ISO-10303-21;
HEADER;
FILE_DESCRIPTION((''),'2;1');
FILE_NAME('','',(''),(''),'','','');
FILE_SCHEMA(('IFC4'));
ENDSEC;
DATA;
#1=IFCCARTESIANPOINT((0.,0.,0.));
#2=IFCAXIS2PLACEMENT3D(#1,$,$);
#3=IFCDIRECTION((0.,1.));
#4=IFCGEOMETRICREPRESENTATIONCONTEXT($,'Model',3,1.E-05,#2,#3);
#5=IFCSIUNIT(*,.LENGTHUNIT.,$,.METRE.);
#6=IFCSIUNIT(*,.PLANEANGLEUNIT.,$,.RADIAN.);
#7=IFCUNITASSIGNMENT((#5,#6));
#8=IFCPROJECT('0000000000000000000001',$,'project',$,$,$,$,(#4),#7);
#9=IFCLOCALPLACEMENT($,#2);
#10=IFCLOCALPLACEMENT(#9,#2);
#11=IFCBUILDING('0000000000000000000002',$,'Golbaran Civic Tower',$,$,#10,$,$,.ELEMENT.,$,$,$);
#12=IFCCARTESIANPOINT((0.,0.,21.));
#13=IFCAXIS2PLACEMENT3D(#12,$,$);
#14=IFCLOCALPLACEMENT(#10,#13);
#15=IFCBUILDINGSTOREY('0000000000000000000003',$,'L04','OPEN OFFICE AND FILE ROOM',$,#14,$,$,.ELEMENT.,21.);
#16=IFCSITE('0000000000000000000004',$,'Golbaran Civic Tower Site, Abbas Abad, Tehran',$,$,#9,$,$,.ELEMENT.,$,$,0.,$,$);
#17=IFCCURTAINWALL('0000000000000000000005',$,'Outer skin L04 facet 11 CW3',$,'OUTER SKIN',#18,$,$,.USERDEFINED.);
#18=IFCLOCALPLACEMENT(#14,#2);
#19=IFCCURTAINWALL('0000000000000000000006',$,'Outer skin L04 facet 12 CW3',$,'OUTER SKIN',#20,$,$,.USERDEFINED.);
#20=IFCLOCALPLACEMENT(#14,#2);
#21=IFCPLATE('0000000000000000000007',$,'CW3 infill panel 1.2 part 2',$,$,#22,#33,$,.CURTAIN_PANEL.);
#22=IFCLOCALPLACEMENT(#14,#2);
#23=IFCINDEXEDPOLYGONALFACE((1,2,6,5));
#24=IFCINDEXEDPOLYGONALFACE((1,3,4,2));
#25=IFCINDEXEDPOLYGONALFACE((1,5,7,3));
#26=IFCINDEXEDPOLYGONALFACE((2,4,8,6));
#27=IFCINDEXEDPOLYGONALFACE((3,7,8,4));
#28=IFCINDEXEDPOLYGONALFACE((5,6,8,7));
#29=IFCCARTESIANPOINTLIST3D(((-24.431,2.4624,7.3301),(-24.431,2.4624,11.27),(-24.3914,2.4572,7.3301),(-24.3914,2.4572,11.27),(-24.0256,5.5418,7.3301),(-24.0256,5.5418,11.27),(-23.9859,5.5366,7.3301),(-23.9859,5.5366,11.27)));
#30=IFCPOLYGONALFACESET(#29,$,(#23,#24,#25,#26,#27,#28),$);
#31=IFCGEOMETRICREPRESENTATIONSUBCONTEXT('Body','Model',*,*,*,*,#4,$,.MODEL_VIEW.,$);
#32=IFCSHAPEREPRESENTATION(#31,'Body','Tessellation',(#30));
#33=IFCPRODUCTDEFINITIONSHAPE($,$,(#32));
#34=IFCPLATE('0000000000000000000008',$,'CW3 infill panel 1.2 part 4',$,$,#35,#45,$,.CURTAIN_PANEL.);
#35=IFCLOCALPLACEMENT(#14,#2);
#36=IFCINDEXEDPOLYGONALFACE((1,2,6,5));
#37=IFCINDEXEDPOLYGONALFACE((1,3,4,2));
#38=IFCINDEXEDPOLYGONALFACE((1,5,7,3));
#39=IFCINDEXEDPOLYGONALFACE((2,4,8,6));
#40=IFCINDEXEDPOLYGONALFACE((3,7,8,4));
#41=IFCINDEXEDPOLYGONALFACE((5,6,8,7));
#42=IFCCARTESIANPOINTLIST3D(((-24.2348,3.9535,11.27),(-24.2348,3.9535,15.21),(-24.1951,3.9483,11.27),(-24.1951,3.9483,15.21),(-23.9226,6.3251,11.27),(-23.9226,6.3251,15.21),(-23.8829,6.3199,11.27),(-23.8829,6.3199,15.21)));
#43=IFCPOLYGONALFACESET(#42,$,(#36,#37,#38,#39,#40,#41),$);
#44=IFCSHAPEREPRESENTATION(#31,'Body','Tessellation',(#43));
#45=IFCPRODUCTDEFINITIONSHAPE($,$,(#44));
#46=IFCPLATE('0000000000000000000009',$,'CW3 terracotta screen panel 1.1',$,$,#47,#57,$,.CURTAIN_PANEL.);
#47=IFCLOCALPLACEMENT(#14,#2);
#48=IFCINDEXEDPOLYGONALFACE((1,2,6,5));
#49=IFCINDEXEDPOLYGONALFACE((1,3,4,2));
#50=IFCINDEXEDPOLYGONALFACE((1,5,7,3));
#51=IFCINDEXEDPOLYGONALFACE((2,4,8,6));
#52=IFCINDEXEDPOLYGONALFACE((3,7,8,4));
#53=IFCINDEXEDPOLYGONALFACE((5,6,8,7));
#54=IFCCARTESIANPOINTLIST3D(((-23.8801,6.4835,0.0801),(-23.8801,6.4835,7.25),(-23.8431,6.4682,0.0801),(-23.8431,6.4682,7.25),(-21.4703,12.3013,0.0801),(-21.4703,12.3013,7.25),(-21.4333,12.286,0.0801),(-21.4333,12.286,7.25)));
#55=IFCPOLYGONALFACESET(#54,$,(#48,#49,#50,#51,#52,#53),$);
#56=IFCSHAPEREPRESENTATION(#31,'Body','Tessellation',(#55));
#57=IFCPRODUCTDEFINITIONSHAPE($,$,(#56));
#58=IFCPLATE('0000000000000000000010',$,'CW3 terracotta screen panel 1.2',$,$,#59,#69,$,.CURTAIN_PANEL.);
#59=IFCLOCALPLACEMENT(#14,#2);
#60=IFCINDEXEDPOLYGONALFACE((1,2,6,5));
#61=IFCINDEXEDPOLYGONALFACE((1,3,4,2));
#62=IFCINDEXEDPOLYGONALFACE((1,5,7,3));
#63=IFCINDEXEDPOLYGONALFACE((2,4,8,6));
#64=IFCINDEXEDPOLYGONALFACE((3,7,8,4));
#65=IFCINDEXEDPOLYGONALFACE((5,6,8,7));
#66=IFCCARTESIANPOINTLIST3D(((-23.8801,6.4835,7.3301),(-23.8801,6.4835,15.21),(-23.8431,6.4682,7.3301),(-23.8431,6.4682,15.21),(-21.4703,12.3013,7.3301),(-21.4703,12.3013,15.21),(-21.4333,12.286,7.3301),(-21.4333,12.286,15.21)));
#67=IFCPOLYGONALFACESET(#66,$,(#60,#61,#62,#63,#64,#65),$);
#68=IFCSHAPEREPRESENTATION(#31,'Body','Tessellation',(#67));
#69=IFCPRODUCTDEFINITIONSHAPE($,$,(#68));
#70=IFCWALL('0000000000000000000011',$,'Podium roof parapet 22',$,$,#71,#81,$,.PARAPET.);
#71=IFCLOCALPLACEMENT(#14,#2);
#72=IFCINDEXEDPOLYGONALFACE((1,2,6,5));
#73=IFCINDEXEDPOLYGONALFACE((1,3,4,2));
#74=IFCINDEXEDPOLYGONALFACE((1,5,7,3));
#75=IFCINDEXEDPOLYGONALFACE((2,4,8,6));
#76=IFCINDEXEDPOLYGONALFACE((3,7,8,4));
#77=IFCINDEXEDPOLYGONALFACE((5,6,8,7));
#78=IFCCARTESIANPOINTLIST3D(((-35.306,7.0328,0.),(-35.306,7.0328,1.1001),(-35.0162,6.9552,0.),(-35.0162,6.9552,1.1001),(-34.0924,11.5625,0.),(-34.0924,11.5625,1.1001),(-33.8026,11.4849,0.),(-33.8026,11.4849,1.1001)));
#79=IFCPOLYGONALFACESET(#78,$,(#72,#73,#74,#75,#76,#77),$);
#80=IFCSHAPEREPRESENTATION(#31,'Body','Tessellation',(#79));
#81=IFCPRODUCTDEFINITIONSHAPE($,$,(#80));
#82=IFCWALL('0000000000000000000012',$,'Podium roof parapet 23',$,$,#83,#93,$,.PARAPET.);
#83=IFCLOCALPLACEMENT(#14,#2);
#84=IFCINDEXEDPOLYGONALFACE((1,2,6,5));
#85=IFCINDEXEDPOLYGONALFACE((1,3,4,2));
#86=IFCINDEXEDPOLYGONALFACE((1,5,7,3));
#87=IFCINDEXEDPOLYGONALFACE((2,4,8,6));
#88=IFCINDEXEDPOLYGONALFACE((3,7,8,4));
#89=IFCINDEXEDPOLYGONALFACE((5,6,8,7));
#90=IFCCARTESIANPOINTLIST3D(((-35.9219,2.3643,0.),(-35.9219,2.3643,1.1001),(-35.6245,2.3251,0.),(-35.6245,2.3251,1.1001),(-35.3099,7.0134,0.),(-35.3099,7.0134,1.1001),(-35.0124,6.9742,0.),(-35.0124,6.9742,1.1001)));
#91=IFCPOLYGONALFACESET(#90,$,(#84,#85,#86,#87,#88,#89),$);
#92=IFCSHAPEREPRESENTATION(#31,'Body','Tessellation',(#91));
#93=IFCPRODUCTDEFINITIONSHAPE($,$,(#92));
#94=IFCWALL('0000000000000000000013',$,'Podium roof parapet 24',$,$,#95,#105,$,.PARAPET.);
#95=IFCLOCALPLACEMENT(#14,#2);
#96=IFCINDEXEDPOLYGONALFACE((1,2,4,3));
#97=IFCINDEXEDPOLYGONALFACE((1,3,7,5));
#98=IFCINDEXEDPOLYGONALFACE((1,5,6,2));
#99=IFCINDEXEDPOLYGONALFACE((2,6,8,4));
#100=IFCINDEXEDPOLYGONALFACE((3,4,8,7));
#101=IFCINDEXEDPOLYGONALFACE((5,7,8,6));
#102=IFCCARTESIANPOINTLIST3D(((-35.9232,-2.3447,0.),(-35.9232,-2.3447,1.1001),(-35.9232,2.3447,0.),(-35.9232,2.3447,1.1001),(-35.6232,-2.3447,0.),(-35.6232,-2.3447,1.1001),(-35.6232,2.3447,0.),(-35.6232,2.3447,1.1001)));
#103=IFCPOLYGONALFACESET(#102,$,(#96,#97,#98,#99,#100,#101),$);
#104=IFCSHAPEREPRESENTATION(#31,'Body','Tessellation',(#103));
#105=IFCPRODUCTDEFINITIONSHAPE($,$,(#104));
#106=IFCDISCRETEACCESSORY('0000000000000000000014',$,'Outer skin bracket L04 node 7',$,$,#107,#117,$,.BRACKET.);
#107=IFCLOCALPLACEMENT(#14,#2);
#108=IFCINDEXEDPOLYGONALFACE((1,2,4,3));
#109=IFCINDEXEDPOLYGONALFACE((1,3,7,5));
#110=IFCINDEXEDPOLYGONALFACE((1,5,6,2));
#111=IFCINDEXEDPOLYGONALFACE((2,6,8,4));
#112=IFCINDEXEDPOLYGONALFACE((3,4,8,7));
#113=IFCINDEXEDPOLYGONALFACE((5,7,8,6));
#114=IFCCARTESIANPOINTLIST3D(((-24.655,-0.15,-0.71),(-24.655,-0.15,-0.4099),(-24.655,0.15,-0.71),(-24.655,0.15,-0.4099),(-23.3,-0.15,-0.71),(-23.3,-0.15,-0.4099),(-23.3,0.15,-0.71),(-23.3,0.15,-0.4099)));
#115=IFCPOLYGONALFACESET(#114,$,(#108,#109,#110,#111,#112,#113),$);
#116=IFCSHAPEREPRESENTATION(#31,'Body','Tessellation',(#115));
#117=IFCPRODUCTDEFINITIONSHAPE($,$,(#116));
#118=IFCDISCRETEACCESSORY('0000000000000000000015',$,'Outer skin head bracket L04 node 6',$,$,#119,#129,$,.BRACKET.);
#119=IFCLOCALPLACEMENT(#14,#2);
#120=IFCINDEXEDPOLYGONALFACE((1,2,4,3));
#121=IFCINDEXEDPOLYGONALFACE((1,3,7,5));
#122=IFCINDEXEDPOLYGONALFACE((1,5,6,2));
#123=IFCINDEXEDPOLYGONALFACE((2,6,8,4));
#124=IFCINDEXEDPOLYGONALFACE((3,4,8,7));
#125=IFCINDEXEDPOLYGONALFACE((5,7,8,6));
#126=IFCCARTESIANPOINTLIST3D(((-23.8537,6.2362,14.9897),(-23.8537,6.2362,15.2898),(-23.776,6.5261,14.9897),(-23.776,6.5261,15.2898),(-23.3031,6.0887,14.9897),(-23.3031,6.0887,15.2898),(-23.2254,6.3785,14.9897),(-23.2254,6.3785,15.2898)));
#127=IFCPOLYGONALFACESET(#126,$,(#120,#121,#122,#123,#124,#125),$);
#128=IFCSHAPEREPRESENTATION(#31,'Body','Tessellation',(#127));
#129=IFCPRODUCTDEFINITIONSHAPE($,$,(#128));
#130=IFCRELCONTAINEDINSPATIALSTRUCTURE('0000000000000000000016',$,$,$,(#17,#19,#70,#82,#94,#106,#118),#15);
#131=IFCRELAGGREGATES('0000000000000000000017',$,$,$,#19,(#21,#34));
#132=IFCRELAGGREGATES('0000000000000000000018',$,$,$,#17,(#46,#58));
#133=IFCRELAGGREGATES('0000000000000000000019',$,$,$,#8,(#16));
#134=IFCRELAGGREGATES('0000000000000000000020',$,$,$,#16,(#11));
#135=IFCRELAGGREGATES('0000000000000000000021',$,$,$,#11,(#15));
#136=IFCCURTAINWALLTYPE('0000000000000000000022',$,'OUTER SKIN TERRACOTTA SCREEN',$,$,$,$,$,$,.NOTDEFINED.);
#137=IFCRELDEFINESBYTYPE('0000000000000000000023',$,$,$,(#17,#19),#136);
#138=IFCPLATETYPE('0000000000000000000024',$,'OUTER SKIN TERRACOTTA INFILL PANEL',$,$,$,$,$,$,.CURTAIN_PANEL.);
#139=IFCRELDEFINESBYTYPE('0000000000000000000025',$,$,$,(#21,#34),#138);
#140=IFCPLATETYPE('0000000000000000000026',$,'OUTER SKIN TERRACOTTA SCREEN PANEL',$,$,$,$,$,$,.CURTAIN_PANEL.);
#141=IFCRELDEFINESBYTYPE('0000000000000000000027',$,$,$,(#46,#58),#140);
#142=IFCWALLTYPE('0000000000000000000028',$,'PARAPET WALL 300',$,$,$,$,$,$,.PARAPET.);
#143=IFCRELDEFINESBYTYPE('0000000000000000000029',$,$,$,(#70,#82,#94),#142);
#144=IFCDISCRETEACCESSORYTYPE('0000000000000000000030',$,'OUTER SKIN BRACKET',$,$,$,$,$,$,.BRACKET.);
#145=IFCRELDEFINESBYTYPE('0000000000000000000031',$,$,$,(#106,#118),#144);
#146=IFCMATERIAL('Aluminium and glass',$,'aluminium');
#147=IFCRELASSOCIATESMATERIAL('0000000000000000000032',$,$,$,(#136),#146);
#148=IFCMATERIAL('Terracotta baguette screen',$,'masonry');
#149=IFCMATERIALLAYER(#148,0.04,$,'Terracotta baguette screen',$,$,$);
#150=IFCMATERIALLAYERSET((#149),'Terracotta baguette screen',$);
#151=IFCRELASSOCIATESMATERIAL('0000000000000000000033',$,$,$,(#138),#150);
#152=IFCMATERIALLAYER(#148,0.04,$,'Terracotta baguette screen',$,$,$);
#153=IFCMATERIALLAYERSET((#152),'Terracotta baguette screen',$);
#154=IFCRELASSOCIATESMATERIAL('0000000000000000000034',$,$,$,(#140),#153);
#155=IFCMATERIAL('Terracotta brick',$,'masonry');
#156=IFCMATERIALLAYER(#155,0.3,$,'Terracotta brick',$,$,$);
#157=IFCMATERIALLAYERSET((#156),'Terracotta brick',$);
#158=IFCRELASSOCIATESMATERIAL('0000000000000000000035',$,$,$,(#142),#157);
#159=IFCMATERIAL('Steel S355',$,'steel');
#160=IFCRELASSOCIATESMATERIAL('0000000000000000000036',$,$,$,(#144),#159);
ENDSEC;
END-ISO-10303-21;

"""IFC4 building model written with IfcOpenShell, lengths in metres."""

from ifc_helpers import new_model, si_unit, direction, frame, frame_2d, origin, origin_2d, place, context, subcontext, project, spatial, rectangle, extrude, material, layer, layer_set, type_object, element, aggregate, save


model = new_model("IFC4")

# Units and contexts
model_context = context("Model", 3, precision=1e-05, world=origin(), true_north=direction((0.0, 1.0)))
body_context = subcontext(model_context, "Body", "Model", "MODEL_VIEW")
ifc_project = project(units=[si_unit("LENGTHUNIT", "METRE"), si_unit("PLANEANGLEUNIT", "RADIAN")], contexts=[model_context])

# Site, building, storey
site_placement = place(None, origin())
site = spatial("IfcSite", under=ifc_project, at=site_placement, Name="Golbaran Civic Tower Site, Abbas Abad, Tehran", CompositionType="ELEMENT", RefElevation=0.0)
building_placement = place(site_placement, origin())
building = spatial("IfcBuilding", under=site, at=building_placement, Name="Golbaran Civic Tower", CompositionType="ELEMENT")
storey_placement = place(building_placement, frame((0.0, 0.0, 21.0)))
storey = spatial("IfcBuildingStorey", under=building, at=storey_placement, Name="L04", Description="OPEN OFFICE AND FILE ROOM", CompositionType="ELEMENT", Elevation=21.0)

# Shared definitions
ifc_material_1 = material(Name="Steel S355", Category="steel")

# Shared definitions
ifc_material_2 = material(Name="Aluminium and glass", Category="aluminium")

# Curtain wall
curtain_wall_type_1 = type_object("IfcCurtainWallType", Name="OUTER SKIN TERRACOTTA SCREEN", PredefinedType="NOTDEFINED", material=ifc_material_2)
curtain_wall_1_placement = place(storey_placement, origin())
curtain_wall_1 = element("IfcCurtainWall", 1, at=curtain_wall_1_placement, inside=storey, type_object=curtain_wall_type_1, Name="Outer skin L04 facet 11 CW3", ObjectType="OUTER SKIN", PredefinedType="USERDEFINED")

# Curtain wall
curtain_wall_2_placement = place(storey_placement, origin())
curtain_wall_2 = element("IfcCurtainWall", 2, at=curtain_wall_2_placement, inside=storey, type_object=curtain_wall_type_1, Name="Outer skin L04 facet 12 CW3", ObjectType="OUTER SKIN", PredefinedType="USERDEFINED")

# Plates
ifc_material_3 = material(Name="Terracotta baguette screen", Category="masonry")
ifc_layer_1 = layer(ifc_material_3, 0.04, Name="Terracotta baguette screen")
ifc_layer_set_1 = layer_set([ifc_layer_1], Name="Terracotta baguette screen")
plate_type_1 = type_object("IfcPlateType", Name="OUTER SKIN TERRACOTTA INFILL PANEL", PredefinedType="CURTAIN_PANEL", material=ifc_layer_set_1)
plate_1_placement = place(storey_placement, frame((-24.2085, 3.9995, 7.3301), z_axis=(0.0, 0.0, 1.0), x_axis=(-0.130526, -0.991445, 0.0)))
plate_1 = element("IfcPlate", 3, at=plate_1_placement, type_object=plate_type_1, Name="CW3 infill panel 1.2 part 2", PredefinedType="CURTAIN_PANEL", context=body_context, shape_type="SweptSolid", body=[
    extrude(rectangle(XDim=3.106, YDim=0.04, at=origin_2d()), origin(), (0.0, 0.0, 1.0), 3.9399),
])
plate_2_placement = place(storey_placement, frame((-24.0588, 5.1367, 11.27), z_axis=(0.0, 0.0, 1.0), x_axis=(-0.130526, -0.991445, 0.0)))
plate_2 = element("IfcPlate", 4, at=plate_2_placement, type_object=plate_type_1, Name="CW3 infill panel 1.2 part 4", PredefinedType="CURTAIN_PANEL", context=body_context, shape_type="SweptSolid", body=[
    extrude(rectangle(XDim=2.3921, YDim=0.04, at=origin_2d()), origin(), (0.0, 0.0, 1.0), 3.9399),
])
aggregate(curtain_wall_2, [plate_1, plate_2])
ifc_layer_2 = layer(ifc_material_3, 0.04, Name="Terracotta baguette screen")
ifc_layer_set_2 = layer_set([ifc_layer_2], Name="Terracotta baguette screen")
plate_type_2 = type_object("IfcPlateType", Name="OUTER SKIN TERRACOTTA SCREEN PANEL", PredefinedType="CURTAIN_PANEL", material=ifc_layer_set_2)
plate_3_placement = place(storey_placement, frame((-22.6567, 9.3848, 0.0801), z_axis=(0.0, 0.0, 1.0), x_axis=(-0.382683, -0.92388, 0.0)))
plate_3 = element("IfcPlate", 5, at=plate_3_placement, type_object=plate_type_2, Name="CW3 terracotta screen panel 1.1", PredefinedType="CURTAIN_PANEL", context=body_context, shape_type="SweptSolid", body=[
    extrude(rectangle(XDim=6.2971, YDim=0.04, at=origin_2d()), origin(), (0.0, 0.0, 1.0), 7.1699),
])
plate_4_placement = place(storey_placement, frame((-22.6567, 9.3848, 7.3301), z_axis=(0.0, 0.0, 1.0), x_axis=(-0.382683, -0.92388, 0.0)))
plate_4 = element("IfcPlate", 6, at=plate_4_placement, type_object=plate_type_2, Name="CW3 terracotta screen panel 1.2", PredefinedType="CURTAIN_PANEL", context=body_context, shape_type="SweptSolid", body=[
    extrude(rectangle(XDim=6.2971, YDim=0.04, at=origin_2d()), origin(), (0.0, 0.0, 1.0), 7.8799),
])
aggregate(curtain_wall_1, [plate_3, plate_4])

# Walls
ifc_material_4 = material(Name="Terracotta brick", Category="masonry")
ifc_layer_3 = layer(ifc_material_4, 0.3, Name="Terracotta brick")
ifc_layer_set_3 = layer_set([ifc_layer_3], Name="Terracotta brick")
wall_type = type_object("IfcWallType", Name="PARAPET WALL 300", PredefinedType="PARAPET", material=ifc_layer_set_3)
wall_1_placement = place(storey_placement, frame((-33.9475, 11.5237, 0.0), z_axis=(0.0, 0.0, 1.0), x_axis=(-0.258793, -0.965933, 0.0)))
element("IfcWall", 7, at=wall_1_placement, inside=storey, type_object=wall_type, Name="Podium roof parapet 22", PredefinedType="PARAPET", context=body_context, shape_type="SweptSolid", body=[
    extrude(rectangle(XDim=4.6895, YDim=0.3, at=frame_2d((2.3447, 0.0))), origin(), (0.0, 0.0, 1.0), 1.1001),
])
wall_2_placement = place(storey_placement, frame((-35.1611, 6.9939, 0.0), z_axis=(0.0, 0.0, 1.0), x_axis=(-0.130523, -0.991445, 0.0)))
element("IfcWall", 8, at=wall_2_placement, inside=storey, type_object=wall_type, Name="Podium roof parapet 23", PredefinedType="PARAPET", context=body_context, shape_type="SweptSolid", body=[
    extrude(rectangle(XDim=4.6892, YDim=0.3, at=frame_2d((2.3447, 0.0))), origin(), (0.0, 0.0, 1.0), 1.1001),
])
wall_3_placement = place(storey_placement, frame((-35.7732, 2.3447, 0.0), z_axis=(0.0, 0.0, 1.0), x_axis=(0.0, -1.0, 0.0)))
element("IfcWall", 9, at=wall_3_placement, inside=storey, type_object=wall_type, Name="Podium roof parapet 24", PredefinedType="PARAPET", context=body_context, shape_type="SweptSolid", body=[
    extrude(rectangle(XDim=4.6895, YDim=0.3, at=frame_2d((2.3447, 0.0))), origin(), (0.0, 0.0, 1.0), 1.1001),
])

# Discrete accessories
discrete_accessory_type = type_object("IfcDiscreteAccessoryType", Name="OUTER SKIN BRACKET", PredefinedType="BRACKET", material=ifc_material_1)
discrete_accessory_1_placement = place(storey_placement, frame((-23.9775, 0.0, -0.71), z_axis=(0.0, 0.0, 1.0), x_axis=(-1.0, 0.0, 0.0)))
element("IfcDiscreteAccessory", 10, at=discrete_accessory_1_placement, inside=storey, type_object=discrete_accessory_type, Name="Outer skin bracket L04 node 7", PredefinedType="BRACKET", context=body_context, shape_type="SweptSolid", body=[
    extrude(rectangle(XDim=1.355, YDim=0.3, at=origin_2d()), origin(), (0.0, 0.0, 1.0), 0.3),
])
discrete_accessory_2_placement = place(storey_placement, frame((-23.5396, 6.3074, 14.9897), z_axis=(0.0, 0.0, 1.0), x_axis=(-0.965926, 0.258819, 0.0)))
element("IfcDiscreteAccessory", 11, at=discrete_accessory_2_placement, inside=storey, type_object=discrete_accessory_type, Name="Outer skin head bracket L04 node 6", PredefinedType="BRACKET", context=body_context, shape_type="SweptSolid", body=[
    extrude(rectangle(XDim=0.5701, YDim=0.3, at=origin_2d()), origin(), (0.0, 0.0, 1.0), 0.3),
])

save(model, "model.ifc")
